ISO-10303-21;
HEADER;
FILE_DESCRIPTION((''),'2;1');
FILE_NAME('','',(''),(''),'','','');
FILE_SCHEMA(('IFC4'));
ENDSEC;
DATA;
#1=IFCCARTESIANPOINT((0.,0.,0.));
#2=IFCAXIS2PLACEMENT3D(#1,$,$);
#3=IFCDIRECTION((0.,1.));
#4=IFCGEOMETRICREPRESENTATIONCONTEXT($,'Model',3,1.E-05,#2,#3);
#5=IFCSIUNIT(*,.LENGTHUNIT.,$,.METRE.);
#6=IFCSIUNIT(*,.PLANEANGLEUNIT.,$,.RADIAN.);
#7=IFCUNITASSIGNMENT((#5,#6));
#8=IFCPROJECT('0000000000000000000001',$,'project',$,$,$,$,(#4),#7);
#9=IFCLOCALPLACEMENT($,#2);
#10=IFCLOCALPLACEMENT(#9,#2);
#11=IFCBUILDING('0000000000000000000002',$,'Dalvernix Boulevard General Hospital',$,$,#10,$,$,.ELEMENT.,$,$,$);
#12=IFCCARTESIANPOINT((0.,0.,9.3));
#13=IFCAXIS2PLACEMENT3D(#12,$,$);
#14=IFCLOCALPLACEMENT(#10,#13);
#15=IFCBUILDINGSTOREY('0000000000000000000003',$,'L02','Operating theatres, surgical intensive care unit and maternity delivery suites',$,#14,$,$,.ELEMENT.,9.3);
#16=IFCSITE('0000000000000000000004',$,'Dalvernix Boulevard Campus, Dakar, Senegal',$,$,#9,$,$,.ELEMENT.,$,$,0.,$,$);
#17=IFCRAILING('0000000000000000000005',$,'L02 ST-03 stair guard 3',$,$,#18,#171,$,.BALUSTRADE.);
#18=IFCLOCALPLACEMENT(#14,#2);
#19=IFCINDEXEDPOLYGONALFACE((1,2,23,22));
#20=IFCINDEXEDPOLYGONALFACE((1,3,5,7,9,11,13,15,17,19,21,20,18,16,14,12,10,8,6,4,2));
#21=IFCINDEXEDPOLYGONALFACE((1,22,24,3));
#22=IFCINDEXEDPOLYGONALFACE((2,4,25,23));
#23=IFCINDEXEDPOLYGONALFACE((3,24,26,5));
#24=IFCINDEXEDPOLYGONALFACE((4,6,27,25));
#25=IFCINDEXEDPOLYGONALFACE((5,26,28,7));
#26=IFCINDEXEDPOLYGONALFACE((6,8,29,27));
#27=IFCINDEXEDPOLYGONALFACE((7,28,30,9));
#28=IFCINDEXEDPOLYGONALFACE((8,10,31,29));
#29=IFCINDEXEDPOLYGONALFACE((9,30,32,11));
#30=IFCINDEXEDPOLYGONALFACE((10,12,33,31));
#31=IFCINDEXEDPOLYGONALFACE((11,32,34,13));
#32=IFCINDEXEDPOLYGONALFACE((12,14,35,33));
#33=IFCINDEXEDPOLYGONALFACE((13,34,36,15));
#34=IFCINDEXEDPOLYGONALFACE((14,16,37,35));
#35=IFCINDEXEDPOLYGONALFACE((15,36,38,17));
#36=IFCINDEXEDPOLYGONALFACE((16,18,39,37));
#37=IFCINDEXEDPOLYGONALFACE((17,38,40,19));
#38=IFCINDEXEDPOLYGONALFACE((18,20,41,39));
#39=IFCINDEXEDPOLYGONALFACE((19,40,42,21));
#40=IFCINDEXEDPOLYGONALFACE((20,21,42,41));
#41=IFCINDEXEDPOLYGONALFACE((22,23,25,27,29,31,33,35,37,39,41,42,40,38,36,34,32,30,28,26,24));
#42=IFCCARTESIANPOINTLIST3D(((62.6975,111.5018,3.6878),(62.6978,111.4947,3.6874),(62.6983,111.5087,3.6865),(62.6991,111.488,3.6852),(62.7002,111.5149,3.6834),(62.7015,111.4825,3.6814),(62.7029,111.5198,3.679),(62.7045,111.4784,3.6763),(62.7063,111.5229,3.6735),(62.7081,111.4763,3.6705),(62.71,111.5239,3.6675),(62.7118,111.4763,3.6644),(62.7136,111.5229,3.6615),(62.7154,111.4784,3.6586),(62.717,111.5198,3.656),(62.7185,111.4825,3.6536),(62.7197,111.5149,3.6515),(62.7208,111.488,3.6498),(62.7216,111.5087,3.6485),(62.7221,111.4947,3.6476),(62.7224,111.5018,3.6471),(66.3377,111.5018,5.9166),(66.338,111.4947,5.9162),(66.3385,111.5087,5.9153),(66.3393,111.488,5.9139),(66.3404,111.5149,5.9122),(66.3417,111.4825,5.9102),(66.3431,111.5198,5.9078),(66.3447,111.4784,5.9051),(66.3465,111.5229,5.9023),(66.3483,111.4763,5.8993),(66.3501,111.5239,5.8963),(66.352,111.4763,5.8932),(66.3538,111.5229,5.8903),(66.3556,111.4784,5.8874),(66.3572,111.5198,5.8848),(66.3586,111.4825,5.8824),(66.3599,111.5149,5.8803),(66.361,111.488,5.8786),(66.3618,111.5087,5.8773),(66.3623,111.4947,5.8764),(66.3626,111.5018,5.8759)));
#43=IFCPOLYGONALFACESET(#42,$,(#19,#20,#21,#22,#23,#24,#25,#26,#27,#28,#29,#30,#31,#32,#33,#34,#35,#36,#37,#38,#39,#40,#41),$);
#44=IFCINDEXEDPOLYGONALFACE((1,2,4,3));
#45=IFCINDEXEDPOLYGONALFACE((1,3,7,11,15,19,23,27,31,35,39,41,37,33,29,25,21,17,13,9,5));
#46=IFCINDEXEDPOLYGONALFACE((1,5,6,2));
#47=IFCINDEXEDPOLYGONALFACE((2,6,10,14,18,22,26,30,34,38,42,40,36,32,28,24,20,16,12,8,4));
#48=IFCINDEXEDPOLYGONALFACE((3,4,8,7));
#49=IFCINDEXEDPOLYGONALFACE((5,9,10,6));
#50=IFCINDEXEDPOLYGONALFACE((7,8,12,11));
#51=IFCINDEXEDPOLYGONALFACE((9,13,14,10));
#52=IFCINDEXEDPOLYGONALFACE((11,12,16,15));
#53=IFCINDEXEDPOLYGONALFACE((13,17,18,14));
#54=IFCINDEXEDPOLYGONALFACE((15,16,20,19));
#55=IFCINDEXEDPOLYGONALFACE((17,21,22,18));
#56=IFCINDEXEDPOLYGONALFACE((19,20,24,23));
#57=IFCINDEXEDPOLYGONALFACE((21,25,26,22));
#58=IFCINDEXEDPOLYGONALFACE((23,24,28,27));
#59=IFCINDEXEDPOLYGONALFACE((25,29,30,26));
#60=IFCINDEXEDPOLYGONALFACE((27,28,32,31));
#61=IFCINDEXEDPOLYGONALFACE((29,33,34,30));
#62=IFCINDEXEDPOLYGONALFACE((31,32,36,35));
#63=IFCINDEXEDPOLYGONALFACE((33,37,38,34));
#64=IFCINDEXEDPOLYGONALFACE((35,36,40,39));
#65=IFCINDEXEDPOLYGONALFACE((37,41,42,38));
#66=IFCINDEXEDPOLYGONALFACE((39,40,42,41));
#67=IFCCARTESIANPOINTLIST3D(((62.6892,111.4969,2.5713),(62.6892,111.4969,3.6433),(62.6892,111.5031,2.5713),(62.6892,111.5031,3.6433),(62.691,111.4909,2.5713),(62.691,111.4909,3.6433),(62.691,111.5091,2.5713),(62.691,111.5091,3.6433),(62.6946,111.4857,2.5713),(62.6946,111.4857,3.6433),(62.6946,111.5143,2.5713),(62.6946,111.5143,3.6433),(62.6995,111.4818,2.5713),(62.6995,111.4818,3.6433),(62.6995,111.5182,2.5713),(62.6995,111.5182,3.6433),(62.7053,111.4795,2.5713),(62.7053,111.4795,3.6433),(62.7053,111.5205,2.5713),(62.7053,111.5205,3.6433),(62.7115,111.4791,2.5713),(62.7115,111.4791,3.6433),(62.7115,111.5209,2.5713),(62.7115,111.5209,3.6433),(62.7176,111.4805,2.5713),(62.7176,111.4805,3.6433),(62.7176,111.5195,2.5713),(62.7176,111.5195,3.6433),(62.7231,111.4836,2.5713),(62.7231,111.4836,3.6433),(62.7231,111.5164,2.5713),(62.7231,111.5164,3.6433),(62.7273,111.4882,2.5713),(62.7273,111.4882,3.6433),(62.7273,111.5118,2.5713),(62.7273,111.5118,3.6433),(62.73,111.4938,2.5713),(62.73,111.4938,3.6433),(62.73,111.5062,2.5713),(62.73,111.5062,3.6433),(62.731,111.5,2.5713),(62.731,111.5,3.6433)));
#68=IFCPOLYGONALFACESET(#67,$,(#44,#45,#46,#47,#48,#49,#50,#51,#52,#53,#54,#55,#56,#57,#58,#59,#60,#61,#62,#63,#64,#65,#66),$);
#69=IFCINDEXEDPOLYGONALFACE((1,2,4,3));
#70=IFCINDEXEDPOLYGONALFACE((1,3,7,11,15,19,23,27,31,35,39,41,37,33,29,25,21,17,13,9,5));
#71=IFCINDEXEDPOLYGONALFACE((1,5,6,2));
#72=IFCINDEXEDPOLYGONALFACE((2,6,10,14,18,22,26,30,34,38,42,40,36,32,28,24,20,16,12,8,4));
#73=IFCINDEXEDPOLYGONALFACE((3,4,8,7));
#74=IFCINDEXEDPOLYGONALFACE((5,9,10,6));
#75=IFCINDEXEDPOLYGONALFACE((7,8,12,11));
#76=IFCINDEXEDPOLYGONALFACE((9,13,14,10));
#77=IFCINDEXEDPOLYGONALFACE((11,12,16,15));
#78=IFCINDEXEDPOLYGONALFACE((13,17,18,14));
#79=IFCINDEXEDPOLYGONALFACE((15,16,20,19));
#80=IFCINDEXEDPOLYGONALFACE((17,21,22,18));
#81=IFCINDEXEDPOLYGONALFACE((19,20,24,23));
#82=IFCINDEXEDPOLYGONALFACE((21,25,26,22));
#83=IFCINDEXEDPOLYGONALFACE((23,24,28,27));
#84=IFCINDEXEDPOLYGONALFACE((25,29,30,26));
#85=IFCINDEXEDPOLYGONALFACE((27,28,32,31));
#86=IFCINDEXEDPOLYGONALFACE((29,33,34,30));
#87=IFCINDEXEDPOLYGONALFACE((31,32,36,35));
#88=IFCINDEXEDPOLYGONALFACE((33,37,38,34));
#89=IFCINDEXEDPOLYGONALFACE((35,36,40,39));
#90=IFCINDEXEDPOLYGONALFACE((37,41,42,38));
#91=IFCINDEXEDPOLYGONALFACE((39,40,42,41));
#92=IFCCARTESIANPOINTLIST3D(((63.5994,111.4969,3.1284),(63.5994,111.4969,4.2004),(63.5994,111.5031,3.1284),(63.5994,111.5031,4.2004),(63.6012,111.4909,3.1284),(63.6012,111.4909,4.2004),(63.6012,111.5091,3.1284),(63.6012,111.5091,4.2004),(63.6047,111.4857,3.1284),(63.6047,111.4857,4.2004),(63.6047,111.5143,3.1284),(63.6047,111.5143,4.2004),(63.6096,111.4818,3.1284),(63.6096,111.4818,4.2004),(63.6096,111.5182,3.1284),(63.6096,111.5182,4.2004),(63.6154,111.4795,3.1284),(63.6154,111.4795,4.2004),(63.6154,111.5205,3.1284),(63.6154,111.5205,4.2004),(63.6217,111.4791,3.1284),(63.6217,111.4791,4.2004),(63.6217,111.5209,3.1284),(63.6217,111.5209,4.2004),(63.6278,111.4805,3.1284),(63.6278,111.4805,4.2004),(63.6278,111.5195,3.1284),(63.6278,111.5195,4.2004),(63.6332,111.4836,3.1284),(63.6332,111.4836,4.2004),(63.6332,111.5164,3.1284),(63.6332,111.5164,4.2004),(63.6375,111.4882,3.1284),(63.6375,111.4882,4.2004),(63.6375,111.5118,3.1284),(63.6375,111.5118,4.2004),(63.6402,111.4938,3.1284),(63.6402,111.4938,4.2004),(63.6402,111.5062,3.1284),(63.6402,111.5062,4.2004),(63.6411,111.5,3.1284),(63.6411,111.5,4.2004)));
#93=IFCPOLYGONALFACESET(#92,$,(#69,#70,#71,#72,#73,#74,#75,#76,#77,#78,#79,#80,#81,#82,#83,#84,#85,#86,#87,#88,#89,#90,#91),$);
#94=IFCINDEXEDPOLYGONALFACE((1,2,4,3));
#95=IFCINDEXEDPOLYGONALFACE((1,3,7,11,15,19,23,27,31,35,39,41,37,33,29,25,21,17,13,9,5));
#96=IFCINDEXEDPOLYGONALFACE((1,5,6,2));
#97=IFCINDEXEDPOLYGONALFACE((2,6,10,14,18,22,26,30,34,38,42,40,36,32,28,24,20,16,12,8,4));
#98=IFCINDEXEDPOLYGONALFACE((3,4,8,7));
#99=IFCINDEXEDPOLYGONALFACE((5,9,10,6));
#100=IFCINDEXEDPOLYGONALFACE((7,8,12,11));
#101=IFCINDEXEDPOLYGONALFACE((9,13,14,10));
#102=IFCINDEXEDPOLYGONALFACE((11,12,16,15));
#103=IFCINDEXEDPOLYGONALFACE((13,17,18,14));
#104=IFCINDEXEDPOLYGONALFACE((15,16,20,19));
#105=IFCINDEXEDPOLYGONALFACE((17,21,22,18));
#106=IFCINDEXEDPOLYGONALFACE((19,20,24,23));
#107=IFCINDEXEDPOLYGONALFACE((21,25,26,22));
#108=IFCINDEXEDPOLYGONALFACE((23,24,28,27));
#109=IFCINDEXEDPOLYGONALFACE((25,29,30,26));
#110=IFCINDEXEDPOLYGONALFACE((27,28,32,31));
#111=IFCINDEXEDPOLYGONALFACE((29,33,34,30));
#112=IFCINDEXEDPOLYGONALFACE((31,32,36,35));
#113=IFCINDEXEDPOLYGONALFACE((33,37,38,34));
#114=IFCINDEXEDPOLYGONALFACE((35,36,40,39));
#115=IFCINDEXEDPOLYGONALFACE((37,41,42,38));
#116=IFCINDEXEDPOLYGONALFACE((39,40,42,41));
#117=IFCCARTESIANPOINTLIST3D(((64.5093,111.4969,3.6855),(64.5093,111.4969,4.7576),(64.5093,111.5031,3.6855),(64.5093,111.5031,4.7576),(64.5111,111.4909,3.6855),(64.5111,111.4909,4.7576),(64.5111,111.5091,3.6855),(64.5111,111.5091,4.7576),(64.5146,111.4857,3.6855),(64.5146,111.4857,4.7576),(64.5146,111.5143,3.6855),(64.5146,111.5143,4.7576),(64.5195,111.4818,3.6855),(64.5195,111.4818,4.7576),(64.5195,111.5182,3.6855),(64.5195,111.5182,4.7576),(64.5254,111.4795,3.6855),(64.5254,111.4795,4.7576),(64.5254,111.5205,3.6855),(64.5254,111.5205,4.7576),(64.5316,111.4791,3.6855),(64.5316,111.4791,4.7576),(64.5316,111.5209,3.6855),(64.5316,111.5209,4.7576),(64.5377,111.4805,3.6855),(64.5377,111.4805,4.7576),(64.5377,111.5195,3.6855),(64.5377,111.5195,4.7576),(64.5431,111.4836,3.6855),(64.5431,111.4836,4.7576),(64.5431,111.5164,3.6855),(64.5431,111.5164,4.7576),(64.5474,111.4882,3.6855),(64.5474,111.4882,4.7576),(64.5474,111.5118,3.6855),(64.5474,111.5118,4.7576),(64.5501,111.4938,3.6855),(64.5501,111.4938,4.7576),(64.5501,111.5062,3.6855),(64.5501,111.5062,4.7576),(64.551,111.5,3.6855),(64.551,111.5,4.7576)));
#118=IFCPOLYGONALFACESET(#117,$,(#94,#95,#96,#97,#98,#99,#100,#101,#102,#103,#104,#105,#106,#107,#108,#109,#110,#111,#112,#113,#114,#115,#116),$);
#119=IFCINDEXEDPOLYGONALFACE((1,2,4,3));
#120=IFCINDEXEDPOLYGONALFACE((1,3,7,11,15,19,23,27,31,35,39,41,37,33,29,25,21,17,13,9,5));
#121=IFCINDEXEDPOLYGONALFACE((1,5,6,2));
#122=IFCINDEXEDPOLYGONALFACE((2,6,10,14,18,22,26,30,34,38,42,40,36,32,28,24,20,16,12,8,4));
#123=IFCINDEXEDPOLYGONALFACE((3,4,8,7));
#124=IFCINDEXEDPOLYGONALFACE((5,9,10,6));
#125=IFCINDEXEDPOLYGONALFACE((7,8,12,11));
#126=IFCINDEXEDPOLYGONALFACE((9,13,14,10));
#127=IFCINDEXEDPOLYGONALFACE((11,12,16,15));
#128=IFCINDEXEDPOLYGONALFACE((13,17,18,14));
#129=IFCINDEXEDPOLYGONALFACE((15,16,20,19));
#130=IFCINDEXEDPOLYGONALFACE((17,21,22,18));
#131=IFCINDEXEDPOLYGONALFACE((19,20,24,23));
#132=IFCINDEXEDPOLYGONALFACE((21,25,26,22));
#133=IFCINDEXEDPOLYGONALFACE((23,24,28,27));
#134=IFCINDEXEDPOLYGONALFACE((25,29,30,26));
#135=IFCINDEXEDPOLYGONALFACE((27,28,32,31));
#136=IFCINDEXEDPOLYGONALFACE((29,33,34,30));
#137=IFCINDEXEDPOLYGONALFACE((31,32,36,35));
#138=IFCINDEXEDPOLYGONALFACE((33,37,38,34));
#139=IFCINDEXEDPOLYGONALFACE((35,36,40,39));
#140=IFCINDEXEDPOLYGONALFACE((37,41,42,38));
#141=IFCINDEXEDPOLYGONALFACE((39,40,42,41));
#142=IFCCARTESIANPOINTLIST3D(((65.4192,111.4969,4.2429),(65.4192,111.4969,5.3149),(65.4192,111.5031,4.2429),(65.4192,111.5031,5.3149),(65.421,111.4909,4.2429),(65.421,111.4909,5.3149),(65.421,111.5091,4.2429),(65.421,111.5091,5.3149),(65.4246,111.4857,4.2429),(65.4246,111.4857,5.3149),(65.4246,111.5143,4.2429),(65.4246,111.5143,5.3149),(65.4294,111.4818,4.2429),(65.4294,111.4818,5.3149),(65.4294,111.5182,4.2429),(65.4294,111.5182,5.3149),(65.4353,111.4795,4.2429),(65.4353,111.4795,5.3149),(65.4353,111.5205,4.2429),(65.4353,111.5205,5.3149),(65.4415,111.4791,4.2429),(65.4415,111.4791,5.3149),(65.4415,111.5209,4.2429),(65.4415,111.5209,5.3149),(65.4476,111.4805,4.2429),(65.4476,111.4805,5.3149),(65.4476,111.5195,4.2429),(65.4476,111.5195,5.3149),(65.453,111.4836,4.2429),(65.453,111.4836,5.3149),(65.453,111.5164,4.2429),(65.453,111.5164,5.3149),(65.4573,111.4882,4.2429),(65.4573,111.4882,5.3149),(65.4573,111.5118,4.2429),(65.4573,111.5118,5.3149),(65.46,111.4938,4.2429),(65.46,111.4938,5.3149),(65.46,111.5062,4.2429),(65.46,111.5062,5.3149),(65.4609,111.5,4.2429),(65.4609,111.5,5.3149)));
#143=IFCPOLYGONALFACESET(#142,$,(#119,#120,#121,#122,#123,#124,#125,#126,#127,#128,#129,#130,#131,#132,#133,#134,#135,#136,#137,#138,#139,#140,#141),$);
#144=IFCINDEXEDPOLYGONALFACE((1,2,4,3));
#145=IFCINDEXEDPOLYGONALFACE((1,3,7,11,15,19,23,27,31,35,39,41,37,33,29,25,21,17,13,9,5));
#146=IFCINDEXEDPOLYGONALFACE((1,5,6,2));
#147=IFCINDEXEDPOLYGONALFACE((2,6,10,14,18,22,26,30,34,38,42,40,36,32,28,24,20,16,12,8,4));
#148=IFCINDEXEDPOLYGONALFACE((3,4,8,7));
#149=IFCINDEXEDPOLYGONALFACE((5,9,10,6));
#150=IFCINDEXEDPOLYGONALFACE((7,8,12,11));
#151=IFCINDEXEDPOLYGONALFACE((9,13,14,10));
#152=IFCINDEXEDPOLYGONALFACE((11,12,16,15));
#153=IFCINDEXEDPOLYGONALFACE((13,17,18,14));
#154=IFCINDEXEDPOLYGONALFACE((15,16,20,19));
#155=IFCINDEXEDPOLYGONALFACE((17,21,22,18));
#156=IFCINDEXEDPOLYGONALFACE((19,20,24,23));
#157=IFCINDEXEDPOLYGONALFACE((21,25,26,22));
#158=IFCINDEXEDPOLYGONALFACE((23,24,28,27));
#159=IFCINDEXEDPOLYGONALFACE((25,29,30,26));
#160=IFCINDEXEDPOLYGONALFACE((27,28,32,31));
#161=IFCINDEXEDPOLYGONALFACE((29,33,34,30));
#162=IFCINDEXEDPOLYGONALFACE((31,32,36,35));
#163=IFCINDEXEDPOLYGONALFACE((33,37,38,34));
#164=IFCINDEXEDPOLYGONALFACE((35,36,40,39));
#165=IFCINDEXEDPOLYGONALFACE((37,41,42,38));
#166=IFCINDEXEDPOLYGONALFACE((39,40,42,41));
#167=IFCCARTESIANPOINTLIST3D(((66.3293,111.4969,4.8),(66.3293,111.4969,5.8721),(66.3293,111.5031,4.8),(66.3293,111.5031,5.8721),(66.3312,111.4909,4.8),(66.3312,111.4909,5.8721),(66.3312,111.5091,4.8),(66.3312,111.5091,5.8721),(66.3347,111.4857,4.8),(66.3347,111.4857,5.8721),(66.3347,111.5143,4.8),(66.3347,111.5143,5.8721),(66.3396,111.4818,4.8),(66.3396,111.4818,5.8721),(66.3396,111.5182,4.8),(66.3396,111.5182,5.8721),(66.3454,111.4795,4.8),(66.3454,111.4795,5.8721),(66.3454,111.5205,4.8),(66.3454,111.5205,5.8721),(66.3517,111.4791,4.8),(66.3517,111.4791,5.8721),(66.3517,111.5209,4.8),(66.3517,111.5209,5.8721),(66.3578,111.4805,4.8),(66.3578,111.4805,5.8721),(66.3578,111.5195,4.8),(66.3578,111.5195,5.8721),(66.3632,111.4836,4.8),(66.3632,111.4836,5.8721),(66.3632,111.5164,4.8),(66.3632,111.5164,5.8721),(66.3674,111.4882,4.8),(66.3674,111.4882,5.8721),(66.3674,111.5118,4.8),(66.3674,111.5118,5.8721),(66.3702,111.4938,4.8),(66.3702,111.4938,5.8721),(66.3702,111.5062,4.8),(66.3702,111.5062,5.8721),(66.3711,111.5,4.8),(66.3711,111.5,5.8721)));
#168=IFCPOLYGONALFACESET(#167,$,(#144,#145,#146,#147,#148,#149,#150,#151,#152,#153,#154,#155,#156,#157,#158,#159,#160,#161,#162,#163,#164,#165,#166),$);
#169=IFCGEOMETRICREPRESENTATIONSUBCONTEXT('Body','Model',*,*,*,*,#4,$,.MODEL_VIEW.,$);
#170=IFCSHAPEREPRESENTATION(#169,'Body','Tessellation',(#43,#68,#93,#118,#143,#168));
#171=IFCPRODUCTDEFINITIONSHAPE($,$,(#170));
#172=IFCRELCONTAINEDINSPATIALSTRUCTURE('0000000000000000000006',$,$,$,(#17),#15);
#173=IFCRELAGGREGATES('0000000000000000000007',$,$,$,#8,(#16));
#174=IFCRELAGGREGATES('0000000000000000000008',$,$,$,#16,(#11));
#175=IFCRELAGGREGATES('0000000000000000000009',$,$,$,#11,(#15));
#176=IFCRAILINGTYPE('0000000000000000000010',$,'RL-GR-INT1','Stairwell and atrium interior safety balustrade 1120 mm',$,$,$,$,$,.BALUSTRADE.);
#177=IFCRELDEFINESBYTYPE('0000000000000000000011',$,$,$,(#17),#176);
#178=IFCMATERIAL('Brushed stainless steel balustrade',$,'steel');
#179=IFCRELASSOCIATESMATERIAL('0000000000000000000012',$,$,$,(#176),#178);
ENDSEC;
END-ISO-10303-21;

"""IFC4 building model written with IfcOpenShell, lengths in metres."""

from ifc_helpers import new_model, si_unit, direction, frame, origin, origin_2d, place, context, subcontext, project, spatial, circle, extrude, material, type_object, element, save


model = new_model("IFC4")

# Units and contexts
model_context = context("Model", 3, precision=1e-05, world=origin(), true_north=direction((0.0, 1.0)))
body_context = subcontext(model_context, "Body", "Model", "MODEL_VIEW")
ifc_project = project(units=[si_unit("LENGTHUNIT", "METRE"), si_unit("PLANEANGLEUNIT", "RADIAN")], contexts=[model_context])

# Site, building, storey
site_placement = place(None, origin())
site = spatial("IfcSite", under=ifc_project, at=site_placement, Name="Dalvernix Boulevard Campus, Dakar, Senegal", CompositionType="ELEMENT", RefElevation=0.0)
building_placement = place(site_placement, origin())
building = spatial("IfcBuilding", under=site, at=building_placement, Name="Dalvernix Boulevard General Hospital", CompositionType="ELEMENT")
storey_placement = place(building_placement, frame((0.0, 0.0, 9.3)))
storey = spatial("IfcBuildingStorey", under=building, at=storey_placement, Name="L02", Description="Operating theatres, surgical intensive care unit and maternity delivery suites", CompositionType="ELEMENT", Elevation=9.3)

# Railing
ifc_material_1 = material(Name="Brushed stainless steel balustrade", Category="steel")
railing_type_1 = type_object("IfcRailingType", Name="RL-GR-INT1", Description="Stairwell and atrium interior safety balustrade 1120 mm", PredefinedType="BALUSTRADE", material=ifc_material_1)
railing_1_placement = place(storey_placement, frame((62.71, 111.5, 2.5713)))
element("IfcRailing", 1, at=railing_1_placement, inside=storey, type_object=railing_type_1, Name="L02 ST-03 stair guard 3", PredefinedType="BALUSTRADE", context=body_context, shape_type="SweptSolid", body=[
    extrude(circle(Radius=0.0239, at=origin_2d()), frame((0.0, 0.0, 1.0962), z_axis=(0.85284, 0.0, 0.522172), x_axis=(0.0, 1.0, 0.0)), (0.0, 0.0, 1.0), 4.2683),
    extrude(circle(Radius=0.021, at=origin_2d()), origin(), (0.0, 0.0, 1.0), 1.072),
    extrude(circle(Radius=0.021, at=origin_2d()), frame((0.9102, 0.0, 0.5571)), (0.0, 0.0, 1.0), 1.072),
    extrude(circle(Radius=0.021, at=origin_2d()), frame((1.8201, 0.0, 1.1143)), (0.0, 0.0, 1.0), 1.072),
    extrude(circle(Radius=0.021, at=origin_2d()), frame((2.73, 0.0, 1.6716)), (0.0, 0.0, 1.0), 1.072),
    extrude(circle(Radius=0.021, at=origin_2d()), frame((3.6401, 0.0, 2.2288)), (0.0, 0.0, 1.0), 1.072),
])

save(model, "model.ifc")
